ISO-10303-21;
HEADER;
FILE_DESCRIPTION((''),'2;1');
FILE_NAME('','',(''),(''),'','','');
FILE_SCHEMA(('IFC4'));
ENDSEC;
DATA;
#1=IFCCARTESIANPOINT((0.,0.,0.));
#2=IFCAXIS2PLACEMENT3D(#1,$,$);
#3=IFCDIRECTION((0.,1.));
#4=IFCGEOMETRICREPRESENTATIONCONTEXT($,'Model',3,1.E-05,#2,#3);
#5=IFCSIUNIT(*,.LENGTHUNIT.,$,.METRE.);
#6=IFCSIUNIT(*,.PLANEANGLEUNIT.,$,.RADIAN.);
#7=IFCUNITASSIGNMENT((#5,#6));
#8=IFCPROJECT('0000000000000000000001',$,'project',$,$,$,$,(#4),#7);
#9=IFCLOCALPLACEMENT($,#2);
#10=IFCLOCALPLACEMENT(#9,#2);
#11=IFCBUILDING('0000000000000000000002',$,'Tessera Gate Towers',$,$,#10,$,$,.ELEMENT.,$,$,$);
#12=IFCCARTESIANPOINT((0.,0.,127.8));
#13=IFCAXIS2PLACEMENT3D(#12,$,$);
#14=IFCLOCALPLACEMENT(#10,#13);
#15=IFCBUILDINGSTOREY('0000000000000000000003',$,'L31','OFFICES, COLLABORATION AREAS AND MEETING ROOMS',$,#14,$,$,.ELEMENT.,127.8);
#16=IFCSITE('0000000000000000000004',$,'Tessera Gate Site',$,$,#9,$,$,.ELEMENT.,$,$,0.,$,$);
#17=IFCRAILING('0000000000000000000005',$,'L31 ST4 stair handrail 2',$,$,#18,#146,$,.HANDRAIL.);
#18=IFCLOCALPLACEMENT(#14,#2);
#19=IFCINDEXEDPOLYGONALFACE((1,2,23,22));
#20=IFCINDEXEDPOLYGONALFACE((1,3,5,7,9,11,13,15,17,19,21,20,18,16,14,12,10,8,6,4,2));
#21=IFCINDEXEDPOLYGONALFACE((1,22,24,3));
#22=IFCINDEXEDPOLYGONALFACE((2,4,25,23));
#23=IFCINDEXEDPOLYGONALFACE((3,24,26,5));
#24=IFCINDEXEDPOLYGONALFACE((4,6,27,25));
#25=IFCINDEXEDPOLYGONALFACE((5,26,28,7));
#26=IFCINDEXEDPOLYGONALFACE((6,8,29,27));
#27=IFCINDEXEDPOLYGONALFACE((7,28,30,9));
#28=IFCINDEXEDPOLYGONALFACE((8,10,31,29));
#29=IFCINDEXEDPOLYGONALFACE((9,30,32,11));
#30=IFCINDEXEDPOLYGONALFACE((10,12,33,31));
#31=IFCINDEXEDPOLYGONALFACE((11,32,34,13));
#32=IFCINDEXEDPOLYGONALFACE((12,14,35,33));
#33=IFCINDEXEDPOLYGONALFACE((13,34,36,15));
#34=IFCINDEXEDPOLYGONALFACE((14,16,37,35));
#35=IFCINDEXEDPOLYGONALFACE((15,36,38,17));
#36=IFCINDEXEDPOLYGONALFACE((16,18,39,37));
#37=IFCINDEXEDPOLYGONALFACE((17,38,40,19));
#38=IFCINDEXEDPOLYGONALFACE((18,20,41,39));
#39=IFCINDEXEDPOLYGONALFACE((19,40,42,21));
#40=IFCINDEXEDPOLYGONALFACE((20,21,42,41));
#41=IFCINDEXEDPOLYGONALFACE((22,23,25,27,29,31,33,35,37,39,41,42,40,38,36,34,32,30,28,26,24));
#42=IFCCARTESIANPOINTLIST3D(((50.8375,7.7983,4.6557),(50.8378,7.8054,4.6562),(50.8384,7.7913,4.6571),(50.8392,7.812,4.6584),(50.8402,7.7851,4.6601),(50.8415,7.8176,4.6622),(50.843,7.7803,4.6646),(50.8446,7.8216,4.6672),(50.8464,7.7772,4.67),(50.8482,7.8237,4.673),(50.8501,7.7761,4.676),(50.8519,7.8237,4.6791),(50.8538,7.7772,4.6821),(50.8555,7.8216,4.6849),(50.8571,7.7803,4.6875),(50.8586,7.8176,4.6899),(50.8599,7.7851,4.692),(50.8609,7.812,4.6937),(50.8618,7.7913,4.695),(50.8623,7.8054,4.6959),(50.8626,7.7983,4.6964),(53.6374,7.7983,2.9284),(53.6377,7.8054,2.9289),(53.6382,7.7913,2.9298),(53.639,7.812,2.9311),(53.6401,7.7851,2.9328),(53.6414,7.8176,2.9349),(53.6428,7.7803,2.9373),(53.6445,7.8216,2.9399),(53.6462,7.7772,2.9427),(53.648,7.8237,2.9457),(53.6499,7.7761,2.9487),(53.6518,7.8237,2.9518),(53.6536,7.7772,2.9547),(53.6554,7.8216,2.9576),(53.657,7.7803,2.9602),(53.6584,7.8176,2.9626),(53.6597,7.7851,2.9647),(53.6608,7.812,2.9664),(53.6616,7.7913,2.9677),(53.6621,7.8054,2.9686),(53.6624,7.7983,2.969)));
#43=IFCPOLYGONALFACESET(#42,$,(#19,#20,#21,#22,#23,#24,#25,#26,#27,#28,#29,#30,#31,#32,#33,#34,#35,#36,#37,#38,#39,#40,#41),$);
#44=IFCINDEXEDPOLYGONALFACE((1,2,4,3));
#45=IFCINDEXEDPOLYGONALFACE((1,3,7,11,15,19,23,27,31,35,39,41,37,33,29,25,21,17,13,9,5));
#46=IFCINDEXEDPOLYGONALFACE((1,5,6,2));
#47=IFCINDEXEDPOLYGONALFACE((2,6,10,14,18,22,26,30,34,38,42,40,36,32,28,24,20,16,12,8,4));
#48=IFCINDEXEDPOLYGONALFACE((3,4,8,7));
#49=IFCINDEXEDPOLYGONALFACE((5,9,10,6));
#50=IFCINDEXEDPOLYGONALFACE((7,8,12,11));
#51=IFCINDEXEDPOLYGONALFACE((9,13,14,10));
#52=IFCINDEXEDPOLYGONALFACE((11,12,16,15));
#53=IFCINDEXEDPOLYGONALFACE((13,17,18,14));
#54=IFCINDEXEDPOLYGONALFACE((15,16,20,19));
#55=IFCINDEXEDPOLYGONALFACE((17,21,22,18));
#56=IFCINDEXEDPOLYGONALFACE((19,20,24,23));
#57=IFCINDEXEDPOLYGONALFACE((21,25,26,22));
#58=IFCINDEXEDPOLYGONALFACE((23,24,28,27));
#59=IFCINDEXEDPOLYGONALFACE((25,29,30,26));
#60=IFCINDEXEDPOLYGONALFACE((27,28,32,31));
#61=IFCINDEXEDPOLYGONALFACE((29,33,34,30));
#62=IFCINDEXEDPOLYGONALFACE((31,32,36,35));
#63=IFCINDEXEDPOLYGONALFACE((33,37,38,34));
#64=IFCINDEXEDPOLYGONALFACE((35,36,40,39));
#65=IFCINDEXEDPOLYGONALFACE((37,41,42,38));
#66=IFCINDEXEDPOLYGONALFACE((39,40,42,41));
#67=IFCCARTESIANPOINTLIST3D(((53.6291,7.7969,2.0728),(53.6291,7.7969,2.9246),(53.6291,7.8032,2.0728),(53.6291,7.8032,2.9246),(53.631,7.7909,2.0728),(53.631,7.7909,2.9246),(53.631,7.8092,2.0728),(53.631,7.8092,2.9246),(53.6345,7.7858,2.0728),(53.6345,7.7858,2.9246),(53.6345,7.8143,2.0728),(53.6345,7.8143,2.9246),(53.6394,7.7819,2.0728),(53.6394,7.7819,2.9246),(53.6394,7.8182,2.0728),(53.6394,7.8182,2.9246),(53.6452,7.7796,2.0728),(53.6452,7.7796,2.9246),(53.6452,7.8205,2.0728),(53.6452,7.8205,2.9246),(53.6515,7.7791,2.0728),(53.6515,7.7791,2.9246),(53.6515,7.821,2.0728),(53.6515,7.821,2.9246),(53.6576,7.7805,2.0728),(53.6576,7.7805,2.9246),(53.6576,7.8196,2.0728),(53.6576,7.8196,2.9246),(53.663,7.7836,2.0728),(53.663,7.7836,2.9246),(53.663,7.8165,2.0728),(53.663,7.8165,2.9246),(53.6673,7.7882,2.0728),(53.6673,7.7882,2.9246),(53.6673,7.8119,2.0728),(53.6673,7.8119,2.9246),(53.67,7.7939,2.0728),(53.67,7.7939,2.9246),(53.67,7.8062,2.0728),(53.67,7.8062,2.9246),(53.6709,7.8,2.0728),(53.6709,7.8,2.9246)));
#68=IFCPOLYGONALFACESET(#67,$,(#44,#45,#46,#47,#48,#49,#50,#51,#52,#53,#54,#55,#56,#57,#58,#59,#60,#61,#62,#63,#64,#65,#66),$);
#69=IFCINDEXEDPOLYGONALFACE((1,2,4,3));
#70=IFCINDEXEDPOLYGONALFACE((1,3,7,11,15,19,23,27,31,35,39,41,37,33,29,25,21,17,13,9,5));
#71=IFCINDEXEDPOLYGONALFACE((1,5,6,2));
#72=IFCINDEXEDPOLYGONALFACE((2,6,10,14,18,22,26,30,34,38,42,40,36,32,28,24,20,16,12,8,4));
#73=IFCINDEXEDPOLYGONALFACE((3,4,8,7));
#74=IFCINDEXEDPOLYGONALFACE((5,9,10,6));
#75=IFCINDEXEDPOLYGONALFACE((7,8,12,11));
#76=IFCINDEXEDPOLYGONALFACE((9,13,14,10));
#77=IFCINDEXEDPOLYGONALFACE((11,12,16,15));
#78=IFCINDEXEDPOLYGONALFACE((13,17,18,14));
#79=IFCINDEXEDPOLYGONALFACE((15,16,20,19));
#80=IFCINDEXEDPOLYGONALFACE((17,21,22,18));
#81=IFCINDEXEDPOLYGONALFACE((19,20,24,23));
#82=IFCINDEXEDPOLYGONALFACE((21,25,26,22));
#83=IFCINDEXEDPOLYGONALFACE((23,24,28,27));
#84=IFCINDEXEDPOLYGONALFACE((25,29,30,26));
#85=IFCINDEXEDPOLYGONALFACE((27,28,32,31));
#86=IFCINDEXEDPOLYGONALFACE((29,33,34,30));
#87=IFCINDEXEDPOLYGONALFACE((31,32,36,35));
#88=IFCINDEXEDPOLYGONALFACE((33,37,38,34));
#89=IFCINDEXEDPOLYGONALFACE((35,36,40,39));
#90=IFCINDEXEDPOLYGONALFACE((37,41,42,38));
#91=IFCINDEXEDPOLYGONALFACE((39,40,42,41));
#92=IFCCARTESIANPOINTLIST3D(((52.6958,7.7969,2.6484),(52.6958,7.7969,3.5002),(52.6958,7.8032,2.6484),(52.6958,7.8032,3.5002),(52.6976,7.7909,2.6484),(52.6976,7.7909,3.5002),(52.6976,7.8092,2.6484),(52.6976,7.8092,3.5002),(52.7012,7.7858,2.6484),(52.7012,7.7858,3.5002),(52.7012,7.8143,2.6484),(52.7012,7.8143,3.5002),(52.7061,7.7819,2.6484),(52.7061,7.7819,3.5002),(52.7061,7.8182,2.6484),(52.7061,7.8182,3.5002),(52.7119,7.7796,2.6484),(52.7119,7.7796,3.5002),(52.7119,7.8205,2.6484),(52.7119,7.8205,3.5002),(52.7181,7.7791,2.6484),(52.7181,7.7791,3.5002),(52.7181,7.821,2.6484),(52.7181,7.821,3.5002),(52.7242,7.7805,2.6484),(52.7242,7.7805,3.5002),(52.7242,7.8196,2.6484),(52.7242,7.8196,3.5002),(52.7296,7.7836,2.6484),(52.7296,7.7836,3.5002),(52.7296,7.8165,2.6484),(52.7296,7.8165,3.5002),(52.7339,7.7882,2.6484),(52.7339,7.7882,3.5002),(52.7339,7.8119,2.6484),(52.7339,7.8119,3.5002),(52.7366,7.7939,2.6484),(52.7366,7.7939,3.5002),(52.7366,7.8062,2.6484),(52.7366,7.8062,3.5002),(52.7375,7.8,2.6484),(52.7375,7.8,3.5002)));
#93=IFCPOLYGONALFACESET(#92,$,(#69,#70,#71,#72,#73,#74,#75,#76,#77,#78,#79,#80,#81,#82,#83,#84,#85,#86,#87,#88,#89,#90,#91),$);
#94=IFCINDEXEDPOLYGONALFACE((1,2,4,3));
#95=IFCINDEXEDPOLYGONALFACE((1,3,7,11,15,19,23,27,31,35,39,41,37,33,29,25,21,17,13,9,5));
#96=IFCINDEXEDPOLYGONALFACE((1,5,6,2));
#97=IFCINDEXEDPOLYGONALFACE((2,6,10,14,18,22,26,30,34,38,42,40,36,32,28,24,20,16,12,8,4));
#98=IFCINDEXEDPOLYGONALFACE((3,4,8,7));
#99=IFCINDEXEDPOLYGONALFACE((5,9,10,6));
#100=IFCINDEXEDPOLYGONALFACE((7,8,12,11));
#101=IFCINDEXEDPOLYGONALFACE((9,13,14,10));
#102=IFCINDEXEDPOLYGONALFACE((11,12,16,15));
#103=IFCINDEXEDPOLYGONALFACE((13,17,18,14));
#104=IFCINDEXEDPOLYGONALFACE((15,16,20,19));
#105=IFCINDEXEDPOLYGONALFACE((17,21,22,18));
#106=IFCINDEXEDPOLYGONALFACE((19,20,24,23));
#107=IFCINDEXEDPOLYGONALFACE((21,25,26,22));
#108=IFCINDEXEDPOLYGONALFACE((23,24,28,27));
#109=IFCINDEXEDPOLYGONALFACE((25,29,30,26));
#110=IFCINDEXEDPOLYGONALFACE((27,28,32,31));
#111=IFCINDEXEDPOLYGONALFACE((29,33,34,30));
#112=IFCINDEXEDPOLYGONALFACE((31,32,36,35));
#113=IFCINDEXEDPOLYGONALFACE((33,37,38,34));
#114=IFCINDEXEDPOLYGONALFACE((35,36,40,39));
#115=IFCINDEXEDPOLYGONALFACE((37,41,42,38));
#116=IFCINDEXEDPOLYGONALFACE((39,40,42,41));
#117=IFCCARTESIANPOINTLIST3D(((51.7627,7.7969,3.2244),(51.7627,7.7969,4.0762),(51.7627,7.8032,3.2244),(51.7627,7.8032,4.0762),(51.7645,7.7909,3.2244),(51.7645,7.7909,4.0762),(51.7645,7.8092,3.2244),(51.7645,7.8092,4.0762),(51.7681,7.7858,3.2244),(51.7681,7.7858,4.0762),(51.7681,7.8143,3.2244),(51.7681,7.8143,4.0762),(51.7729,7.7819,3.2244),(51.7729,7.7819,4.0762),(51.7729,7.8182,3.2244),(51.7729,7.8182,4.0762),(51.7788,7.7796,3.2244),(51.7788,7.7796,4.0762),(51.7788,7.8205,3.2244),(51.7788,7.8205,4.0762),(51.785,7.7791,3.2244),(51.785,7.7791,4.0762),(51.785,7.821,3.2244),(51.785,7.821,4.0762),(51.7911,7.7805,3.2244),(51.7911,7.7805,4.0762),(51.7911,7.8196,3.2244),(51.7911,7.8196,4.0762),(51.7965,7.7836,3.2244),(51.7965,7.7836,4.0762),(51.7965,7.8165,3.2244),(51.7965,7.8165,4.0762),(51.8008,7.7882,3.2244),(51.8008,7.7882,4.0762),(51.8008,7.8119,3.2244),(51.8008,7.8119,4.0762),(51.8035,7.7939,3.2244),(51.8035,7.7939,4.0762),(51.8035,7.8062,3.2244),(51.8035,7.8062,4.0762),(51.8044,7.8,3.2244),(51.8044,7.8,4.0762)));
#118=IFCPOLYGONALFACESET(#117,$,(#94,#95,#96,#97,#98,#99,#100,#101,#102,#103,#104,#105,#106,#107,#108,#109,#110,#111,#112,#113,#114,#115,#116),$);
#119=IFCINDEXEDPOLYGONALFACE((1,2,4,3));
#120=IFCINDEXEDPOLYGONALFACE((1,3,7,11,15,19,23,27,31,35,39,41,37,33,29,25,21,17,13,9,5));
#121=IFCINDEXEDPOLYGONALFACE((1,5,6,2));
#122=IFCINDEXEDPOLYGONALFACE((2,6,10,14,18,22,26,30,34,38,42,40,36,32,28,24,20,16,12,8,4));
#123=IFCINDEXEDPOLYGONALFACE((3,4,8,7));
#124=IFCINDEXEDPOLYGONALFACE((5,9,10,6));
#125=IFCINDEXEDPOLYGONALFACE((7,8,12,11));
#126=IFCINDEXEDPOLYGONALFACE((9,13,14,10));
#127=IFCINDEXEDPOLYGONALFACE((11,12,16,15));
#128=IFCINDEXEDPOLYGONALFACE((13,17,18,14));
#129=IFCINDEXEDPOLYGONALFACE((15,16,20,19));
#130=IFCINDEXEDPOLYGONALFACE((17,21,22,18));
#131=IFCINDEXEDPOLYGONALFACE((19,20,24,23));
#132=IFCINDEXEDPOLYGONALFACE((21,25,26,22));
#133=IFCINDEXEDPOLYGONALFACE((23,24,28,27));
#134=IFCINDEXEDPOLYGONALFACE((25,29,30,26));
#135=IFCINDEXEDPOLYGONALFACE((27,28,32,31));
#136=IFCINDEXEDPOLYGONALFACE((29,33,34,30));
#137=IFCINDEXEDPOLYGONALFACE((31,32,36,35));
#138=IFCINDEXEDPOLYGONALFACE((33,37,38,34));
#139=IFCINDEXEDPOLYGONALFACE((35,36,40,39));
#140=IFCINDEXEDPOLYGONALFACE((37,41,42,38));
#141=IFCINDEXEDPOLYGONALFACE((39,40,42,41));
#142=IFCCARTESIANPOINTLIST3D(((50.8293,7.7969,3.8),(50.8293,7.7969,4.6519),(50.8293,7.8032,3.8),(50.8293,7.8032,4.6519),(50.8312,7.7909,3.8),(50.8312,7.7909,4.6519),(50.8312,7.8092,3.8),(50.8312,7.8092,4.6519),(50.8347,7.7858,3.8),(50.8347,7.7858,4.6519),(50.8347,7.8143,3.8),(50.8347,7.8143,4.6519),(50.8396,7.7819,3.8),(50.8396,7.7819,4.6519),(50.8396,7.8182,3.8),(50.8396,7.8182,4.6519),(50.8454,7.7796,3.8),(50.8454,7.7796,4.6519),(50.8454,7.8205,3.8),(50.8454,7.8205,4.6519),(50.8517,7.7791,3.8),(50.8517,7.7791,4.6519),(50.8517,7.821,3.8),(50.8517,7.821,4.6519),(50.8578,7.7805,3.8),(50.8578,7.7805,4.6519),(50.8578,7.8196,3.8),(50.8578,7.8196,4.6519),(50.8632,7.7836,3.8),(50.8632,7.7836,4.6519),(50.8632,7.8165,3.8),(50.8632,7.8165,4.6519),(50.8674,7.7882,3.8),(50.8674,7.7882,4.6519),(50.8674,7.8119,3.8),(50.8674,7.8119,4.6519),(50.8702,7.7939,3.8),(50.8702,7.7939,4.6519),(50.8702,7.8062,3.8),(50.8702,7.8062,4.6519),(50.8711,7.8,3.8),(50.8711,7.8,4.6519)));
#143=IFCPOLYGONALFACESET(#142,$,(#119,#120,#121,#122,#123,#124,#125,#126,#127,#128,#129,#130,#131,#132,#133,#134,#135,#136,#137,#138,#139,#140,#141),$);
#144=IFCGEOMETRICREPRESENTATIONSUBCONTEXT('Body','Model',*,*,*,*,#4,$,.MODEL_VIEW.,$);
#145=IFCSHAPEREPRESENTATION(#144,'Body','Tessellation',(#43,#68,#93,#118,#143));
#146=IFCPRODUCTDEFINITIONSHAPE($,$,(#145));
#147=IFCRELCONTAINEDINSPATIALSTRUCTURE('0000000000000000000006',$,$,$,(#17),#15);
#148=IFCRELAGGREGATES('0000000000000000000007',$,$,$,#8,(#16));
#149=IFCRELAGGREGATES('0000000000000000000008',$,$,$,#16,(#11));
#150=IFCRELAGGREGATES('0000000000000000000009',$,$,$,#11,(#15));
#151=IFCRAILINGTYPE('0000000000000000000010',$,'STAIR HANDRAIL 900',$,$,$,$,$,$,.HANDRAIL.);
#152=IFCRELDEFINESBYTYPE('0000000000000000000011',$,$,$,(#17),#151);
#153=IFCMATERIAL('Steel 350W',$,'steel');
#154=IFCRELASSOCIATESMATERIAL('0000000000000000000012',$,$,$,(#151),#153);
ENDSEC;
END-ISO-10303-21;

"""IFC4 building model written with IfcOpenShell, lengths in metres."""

from ifc_helpers import new_model, si_unit, direction, frame, origin, origin_2d, place, context, subcontext, project, spatial, circle, extrude, material, type_object, element, save


model = new_model("IFC4")

# Units and contexts
model_context = context("Model", 3, precision=1e-05, world=origin(), true_north=direction((0.0, 1.0)))
body_context = subcontext(model_context, "Body", "Model", "MODEL_VIEW")
ifc_project = project(units=[si_unit("LENGTHUNIT", "METRE"), si_unit("PLANEANGLEUNIT", "RADIAN")], contexts=[model_context])

# Site, building, storey
site_placement = place(None, origin())
site = spatial("IfcSite", under=ifc_project, at=site_placement, Name="Tessera Gate Site", CompositionType="ELEMENT", RefElevation=0.0)
building_placement = place(site_placement, origin())
building = spatial("IfcBuilding", under=site, at=building_placement, Name="Tessera Gate Towers", CompositionType="ELEMENT")
storey_placement = place(building_placement, frame((0.0, 0.0, 127.8)))
storey = spatial("IfcBuildingStorey", under=building, at=storey_placement, Name="L31", Description="OFFICES, COLLABORATION AREAS AND MEETING ROOMS", CompositionType="ELEMENT", Elevation=127.8)

# Railing
ifc_material_1 = material(Name="Steel 350W", Category="steel")
railing_type_1 = type_object("IfcRailingType", Name="STAIR HANDRAIL 900", PredefinedType="HANDRAIL", material=ifc_material_1)
railing_1_placement = place(storey_placement, frame((53.6499, 7.8, 2.0728)))
element("IfcRailing", 1, at=railing_1_placement, inside=storey, type_object=railing_type_1, Name="L31 ST4 stair handrail 2", PredefinedType="HANDRAIL", context=body_context, shape_type="SweptSolid", body=[
    extrude(circle(Radius=0.0239, at=origin_2d()), frame((0.0, 0.0, 0.876), z_axis=(-0.851069, 0.0, 0.525054), x_axis=(0.0, -1.0, 0.0)), (0.0, 0.0, 1.0), 3.2898),
    extrude(circle(Radius=0.021, at=origin_2d()), origin(), (0.0, 0.0, 1.0), 0.8518),
    extrude(circle(Radius=0.021, at=origin_2d()), frame((-0.9333, 0.0, 0.5757)), (0.0, 0.0, 1.0), 0.8518),
    extrude(circle(Radius=0.021, at=origin_2d()), frame((-1.8665, 0.0, 1.1516)), (0.0, 0.0, 1.0), 0.8518),
    extrude(circle(Radius=0.021, at=origin_2d()), frame((-2.7998, 0.0, 1.7273)), (0.0, 0.0, 1.0), 0.8518),
])

save(model, "model.ifc")
